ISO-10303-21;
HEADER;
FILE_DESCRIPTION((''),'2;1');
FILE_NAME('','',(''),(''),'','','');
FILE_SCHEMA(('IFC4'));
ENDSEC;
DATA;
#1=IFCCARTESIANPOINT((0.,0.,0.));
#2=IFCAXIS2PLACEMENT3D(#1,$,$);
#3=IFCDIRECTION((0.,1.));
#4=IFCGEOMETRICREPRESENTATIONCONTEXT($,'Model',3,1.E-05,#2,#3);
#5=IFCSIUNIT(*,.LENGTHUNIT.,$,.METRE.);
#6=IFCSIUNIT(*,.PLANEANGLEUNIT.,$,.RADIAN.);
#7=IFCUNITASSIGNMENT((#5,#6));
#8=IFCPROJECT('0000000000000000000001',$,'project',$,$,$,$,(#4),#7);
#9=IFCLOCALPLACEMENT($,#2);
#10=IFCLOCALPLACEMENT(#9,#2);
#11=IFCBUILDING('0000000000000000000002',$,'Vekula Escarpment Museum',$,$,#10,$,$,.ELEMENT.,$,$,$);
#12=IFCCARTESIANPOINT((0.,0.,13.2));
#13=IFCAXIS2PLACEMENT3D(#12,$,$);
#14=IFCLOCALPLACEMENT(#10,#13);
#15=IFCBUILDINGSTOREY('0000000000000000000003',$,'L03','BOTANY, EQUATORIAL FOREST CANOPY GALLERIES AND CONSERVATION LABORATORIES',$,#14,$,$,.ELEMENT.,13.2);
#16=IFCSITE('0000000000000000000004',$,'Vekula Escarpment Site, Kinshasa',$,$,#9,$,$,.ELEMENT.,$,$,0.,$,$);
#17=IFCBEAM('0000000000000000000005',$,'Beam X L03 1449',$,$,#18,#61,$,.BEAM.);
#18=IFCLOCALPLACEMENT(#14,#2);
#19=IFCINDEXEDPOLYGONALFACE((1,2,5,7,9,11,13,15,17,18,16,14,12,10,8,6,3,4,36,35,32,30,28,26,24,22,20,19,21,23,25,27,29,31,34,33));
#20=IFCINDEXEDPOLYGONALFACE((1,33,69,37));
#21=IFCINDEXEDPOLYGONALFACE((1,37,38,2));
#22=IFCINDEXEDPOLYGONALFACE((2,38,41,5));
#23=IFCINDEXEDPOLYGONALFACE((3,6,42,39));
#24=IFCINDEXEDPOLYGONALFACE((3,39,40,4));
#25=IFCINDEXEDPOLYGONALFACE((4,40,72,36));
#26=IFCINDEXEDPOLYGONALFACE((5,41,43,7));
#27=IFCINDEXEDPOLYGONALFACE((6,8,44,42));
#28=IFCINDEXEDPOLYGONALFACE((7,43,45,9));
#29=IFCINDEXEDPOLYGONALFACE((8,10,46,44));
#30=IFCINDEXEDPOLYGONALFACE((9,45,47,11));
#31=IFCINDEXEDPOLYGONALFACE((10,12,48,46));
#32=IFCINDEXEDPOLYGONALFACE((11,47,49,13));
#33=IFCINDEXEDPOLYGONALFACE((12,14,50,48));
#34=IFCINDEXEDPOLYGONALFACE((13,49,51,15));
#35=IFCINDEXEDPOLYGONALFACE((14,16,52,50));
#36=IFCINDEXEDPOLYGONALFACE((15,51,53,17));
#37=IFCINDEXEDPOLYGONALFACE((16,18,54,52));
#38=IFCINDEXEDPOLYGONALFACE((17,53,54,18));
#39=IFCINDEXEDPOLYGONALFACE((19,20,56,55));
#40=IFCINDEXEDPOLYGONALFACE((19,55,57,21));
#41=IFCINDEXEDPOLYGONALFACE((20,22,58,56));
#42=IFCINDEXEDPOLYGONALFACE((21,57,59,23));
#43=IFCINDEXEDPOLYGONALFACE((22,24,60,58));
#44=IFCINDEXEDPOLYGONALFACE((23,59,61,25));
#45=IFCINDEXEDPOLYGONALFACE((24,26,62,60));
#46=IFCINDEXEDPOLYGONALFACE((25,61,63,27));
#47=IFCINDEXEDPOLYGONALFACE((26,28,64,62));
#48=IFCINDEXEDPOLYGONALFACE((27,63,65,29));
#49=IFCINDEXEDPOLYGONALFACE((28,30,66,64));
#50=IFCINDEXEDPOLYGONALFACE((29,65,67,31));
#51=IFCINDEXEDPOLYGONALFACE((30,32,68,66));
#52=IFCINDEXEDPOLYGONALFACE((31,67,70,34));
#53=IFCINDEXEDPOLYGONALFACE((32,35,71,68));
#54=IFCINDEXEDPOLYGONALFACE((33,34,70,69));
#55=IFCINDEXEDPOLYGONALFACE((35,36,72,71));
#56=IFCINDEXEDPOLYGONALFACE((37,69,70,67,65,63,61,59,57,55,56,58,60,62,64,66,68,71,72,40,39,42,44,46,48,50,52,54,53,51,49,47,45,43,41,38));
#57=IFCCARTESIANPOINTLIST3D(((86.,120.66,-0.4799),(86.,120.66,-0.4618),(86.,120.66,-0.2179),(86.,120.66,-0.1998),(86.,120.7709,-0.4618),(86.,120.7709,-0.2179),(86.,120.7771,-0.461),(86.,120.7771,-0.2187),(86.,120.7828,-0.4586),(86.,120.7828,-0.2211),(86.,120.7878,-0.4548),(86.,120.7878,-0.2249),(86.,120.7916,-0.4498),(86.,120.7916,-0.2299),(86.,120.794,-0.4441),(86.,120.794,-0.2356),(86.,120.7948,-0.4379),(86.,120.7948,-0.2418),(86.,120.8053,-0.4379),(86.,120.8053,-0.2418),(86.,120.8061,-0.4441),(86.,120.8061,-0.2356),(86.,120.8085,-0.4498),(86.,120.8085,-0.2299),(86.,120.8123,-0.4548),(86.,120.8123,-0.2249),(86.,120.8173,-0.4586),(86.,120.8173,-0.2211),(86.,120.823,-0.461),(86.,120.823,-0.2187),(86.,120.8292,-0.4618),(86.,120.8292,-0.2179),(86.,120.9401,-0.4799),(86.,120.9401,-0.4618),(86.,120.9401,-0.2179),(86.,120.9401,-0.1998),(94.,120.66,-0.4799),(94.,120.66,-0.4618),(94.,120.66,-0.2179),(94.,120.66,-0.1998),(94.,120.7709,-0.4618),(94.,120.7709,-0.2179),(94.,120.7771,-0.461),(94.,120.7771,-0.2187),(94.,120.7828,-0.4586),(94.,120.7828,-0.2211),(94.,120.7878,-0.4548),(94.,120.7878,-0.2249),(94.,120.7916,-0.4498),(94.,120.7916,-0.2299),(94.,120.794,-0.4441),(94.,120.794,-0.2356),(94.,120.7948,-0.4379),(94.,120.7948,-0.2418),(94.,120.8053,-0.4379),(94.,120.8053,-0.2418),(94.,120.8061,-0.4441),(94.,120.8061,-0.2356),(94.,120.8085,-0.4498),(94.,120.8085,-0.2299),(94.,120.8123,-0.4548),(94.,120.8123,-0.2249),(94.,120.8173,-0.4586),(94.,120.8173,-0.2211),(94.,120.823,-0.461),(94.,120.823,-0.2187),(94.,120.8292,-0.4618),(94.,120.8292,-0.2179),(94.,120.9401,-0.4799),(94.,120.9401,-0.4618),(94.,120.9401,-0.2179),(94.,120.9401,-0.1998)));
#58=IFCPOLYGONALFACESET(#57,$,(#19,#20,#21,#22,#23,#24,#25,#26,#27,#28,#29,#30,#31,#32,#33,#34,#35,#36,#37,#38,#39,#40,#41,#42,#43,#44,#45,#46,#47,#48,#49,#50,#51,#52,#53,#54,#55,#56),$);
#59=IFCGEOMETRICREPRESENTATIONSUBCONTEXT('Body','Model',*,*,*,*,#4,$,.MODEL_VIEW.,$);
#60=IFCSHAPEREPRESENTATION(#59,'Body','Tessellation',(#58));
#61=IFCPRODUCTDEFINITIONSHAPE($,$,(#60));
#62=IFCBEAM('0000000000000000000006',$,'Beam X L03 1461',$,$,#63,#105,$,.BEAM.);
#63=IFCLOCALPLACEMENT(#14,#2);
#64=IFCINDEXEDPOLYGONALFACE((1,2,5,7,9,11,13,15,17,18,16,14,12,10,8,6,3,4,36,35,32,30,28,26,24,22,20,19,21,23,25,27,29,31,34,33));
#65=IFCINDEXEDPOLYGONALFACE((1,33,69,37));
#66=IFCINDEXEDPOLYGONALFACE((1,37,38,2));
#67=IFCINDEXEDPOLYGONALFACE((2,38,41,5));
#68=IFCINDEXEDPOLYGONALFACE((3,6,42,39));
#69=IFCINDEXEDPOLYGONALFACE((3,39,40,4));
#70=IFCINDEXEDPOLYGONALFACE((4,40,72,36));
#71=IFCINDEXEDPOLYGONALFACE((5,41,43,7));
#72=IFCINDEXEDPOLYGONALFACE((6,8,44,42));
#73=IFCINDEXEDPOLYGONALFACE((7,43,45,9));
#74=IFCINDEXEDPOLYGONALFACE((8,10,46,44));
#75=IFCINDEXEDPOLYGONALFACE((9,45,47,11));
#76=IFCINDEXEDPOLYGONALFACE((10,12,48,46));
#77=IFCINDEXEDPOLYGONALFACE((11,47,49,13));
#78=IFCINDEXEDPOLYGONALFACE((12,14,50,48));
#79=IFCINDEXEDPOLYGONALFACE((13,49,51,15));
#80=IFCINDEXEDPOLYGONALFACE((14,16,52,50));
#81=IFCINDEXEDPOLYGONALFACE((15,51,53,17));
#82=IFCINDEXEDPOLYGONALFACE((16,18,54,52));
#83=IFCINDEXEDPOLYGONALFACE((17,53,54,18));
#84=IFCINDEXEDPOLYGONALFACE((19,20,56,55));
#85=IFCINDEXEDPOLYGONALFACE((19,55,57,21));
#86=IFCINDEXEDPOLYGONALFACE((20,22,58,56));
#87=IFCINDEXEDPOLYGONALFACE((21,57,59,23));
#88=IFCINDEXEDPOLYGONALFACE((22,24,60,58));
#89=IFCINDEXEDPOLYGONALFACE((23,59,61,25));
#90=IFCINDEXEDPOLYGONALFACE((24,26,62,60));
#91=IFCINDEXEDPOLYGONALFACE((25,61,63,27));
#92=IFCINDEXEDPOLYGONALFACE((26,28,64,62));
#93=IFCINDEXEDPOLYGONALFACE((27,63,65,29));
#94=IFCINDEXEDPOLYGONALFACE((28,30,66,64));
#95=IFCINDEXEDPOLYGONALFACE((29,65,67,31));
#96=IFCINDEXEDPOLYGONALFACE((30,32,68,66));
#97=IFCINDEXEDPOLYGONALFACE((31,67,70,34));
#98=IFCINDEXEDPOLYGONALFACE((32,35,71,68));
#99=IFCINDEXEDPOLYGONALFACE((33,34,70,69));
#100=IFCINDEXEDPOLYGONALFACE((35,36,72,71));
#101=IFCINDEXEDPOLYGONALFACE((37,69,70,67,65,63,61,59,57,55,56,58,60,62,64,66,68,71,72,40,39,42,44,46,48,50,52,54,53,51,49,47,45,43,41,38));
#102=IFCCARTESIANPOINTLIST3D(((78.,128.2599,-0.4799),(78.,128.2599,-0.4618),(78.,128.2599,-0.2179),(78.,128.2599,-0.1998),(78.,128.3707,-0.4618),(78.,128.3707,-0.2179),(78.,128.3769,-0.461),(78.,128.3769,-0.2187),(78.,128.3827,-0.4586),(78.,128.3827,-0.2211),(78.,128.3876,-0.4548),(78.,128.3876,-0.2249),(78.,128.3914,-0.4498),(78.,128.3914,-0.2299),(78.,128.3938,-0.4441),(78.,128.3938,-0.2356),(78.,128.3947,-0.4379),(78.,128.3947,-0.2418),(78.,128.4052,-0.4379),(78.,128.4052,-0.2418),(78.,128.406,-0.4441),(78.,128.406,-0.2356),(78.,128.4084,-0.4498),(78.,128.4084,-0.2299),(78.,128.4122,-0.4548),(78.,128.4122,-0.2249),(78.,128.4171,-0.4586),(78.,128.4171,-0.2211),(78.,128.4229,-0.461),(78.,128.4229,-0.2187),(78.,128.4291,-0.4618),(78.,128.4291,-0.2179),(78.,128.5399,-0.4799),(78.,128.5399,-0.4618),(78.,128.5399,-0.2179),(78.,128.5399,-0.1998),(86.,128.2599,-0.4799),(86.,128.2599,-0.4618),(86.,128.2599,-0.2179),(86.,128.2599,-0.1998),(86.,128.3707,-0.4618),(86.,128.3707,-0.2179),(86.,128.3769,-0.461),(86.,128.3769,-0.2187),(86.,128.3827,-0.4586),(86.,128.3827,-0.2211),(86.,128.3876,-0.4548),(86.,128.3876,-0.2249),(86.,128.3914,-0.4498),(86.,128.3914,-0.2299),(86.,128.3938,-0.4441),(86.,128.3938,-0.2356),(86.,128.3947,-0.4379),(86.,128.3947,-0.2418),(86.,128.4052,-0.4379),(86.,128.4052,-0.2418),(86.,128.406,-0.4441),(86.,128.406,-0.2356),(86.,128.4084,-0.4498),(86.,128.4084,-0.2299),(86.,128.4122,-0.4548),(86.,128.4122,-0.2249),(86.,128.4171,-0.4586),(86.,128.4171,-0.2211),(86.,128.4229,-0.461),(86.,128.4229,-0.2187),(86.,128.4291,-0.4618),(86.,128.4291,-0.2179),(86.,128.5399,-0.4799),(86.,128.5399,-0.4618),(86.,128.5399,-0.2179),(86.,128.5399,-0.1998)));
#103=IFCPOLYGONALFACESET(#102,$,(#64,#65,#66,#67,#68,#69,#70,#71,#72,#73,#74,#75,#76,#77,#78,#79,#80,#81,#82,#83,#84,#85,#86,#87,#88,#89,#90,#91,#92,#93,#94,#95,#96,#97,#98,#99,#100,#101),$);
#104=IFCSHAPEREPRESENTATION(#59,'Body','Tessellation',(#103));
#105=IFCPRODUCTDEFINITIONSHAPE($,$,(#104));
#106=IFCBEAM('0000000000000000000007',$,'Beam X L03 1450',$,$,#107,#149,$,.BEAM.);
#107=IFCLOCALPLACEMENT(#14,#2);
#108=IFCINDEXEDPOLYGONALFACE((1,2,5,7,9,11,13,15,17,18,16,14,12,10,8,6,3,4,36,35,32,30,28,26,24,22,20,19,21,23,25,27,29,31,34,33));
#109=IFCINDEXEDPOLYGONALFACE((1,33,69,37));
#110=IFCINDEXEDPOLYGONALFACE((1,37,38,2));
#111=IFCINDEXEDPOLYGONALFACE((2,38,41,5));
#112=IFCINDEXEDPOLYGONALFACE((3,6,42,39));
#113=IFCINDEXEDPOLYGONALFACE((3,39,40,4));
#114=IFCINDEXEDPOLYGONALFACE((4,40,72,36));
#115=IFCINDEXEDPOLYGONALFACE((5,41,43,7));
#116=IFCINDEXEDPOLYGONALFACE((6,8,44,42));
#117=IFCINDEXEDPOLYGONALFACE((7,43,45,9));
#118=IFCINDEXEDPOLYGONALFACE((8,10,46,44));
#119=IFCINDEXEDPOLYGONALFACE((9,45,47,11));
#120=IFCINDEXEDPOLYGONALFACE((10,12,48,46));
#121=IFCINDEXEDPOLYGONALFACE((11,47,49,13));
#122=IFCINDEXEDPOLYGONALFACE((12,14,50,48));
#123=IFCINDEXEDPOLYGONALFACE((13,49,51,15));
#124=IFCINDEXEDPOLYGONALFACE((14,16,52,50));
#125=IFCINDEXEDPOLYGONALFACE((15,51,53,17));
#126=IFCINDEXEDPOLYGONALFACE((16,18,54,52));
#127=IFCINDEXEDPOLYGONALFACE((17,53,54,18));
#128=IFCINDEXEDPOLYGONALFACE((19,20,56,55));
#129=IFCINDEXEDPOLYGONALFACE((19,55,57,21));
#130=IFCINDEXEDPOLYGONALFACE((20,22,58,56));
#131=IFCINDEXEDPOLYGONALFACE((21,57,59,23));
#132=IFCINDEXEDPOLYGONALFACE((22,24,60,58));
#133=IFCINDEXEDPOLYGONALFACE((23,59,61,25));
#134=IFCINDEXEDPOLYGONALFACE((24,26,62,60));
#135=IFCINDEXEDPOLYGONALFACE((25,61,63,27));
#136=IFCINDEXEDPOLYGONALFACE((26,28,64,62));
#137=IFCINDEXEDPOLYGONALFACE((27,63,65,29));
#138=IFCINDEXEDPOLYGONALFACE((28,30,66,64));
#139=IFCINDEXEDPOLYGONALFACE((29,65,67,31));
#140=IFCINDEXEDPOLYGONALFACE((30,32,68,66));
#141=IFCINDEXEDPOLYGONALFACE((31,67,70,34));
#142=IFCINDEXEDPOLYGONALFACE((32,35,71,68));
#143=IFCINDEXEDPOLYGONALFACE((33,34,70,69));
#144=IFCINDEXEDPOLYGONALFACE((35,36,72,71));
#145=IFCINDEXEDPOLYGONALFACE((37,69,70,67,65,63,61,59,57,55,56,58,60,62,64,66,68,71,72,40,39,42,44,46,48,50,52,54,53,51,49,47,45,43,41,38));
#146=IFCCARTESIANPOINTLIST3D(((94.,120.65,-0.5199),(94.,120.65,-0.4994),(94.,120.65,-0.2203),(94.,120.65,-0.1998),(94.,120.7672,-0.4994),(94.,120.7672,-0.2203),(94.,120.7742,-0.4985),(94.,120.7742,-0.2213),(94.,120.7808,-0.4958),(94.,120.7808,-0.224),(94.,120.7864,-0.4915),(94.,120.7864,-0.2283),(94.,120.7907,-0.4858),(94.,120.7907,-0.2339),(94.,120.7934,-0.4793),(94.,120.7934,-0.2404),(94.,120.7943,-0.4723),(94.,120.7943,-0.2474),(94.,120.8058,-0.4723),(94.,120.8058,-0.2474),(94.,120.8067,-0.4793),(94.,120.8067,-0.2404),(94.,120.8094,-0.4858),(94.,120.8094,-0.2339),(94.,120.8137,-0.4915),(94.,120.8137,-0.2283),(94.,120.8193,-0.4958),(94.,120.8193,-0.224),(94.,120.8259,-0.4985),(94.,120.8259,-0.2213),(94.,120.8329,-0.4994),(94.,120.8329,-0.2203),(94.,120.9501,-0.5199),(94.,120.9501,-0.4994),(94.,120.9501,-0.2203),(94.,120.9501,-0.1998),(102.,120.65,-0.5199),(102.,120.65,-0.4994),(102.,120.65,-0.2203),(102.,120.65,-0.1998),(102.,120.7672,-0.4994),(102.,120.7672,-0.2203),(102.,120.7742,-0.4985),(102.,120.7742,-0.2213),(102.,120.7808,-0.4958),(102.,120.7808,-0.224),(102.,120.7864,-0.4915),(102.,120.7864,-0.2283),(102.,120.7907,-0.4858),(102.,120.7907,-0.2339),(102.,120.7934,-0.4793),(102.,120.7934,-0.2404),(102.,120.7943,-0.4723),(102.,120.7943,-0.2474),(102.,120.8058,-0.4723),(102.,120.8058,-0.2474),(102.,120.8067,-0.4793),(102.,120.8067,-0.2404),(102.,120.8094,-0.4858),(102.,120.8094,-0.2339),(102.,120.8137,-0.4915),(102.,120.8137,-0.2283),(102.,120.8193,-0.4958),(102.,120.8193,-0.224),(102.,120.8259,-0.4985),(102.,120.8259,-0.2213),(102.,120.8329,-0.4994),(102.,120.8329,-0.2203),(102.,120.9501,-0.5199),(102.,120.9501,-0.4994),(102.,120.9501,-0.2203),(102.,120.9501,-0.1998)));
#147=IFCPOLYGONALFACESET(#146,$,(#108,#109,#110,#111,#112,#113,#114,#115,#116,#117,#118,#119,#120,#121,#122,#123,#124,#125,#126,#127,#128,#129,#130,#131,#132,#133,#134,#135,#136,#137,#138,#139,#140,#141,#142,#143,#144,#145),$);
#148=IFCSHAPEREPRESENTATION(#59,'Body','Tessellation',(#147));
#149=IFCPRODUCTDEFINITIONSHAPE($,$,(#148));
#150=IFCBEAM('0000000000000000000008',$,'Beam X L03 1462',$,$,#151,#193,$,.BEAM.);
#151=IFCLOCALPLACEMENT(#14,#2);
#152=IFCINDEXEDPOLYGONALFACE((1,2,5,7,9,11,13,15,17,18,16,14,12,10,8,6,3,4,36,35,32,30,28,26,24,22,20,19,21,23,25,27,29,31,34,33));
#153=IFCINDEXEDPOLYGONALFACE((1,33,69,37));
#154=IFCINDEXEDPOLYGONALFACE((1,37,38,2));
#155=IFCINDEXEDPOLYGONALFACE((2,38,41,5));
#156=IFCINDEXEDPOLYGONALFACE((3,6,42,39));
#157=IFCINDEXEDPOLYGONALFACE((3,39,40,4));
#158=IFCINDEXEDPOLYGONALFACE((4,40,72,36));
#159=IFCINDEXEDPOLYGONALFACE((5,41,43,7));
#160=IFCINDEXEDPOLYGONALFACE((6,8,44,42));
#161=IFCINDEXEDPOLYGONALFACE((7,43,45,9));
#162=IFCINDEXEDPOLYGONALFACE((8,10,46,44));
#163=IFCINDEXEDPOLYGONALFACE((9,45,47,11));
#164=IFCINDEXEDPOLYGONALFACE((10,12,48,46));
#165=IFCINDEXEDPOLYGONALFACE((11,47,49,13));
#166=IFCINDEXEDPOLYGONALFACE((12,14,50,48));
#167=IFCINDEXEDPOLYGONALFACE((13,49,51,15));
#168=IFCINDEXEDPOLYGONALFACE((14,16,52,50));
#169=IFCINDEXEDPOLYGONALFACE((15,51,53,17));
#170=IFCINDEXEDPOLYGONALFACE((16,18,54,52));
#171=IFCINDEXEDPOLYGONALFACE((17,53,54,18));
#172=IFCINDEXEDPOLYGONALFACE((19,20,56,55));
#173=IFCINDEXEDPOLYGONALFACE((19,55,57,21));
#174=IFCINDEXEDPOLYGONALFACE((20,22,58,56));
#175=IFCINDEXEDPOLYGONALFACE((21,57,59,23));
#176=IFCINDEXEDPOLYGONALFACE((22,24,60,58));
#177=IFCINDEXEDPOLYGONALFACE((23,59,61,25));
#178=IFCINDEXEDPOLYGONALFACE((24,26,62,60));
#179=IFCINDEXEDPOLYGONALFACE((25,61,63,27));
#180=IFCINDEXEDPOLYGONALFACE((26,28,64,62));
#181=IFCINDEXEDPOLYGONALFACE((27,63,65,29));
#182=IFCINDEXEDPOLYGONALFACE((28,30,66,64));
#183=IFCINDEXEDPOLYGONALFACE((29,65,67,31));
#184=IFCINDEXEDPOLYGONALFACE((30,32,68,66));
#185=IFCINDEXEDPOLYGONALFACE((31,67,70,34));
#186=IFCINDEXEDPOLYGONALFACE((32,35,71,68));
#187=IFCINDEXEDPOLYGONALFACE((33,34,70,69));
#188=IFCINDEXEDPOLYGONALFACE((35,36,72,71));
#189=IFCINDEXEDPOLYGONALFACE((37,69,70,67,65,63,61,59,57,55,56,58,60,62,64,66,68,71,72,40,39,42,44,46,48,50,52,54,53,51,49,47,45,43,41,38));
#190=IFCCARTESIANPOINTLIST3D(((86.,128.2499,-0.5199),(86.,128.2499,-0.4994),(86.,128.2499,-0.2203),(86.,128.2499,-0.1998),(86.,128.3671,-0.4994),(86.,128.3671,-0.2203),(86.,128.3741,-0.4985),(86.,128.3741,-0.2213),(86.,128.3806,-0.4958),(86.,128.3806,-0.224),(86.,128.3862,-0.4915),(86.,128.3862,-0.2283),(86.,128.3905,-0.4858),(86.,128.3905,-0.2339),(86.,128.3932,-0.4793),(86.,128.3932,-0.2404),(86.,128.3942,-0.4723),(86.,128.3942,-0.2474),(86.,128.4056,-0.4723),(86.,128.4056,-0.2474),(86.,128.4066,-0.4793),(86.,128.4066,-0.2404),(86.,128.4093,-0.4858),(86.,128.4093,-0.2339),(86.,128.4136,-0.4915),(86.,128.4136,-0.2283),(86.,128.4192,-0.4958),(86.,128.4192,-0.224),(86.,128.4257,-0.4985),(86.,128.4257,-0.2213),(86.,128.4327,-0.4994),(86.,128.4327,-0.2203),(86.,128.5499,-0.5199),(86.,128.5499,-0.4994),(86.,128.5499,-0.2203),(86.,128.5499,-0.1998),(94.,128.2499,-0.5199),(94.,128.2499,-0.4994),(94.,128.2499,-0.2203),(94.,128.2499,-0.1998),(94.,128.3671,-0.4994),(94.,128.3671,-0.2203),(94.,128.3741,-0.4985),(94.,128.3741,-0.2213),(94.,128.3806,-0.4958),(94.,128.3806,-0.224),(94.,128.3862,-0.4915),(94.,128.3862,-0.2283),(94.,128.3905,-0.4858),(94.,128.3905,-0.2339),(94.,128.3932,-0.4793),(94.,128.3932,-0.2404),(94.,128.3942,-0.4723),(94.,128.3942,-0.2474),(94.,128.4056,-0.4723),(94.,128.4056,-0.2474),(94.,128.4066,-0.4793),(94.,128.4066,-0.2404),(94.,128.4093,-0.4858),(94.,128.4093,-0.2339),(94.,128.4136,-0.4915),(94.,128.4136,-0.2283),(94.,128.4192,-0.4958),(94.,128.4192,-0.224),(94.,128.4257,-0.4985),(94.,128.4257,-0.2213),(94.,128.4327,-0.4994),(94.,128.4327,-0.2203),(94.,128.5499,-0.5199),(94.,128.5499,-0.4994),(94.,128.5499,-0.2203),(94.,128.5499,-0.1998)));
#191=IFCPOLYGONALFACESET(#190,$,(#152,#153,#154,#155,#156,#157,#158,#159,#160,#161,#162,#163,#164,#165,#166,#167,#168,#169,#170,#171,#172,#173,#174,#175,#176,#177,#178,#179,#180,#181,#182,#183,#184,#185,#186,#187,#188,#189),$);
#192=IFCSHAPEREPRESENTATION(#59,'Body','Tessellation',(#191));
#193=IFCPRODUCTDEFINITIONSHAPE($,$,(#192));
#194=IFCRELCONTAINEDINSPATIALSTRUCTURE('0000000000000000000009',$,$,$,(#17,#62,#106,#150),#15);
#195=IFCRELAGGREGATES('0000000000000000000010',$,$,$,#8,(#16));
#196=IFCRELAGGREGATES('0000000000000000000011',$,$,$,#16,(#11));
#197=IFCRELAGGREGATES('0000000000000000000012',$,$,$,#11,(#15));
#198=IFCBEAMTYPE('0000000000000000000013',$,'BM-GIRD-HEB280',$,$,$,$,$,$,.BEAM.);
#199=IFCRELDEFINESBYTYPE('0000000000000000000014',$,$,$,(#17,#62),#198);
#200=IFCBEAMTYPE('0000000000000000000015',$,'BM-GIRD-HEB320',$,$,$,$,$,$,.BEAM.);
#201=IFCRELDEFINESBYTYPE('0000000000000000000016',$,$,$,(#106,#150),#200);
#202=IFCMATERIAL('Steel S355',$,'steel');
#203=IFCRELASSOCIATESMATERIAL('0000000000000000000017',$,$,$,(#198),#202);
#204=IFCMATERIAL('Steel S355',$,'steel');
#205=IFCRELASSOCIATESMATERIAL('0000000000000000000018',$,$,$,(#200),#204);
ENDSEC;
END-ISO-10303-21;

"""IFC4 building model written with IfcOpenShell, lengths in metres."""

from ifc_helpers import new_model, si_unit, direction, frame, origin, origin_2d, place, context, subcontext, project, spatial, i_section, extrude, material, material_profile, profile_set, type_object, element, save


model = new_model("IFC4")

# Units and contexts
model_context = context("Model", 3, precision=1e-05, world=origin(), true_north=direction((0.0, 1.0)))
body_context = subcontext(model_context, "Body", "Model", "MODEL_VIEW")
ifc_project = project(units=[si_unit("LENGTHUNIT", "METRE"), si_unit("PLANEANGLEUNIT", "RADIAN")], contexts=[model_context])

# Site, building, storey
site_placement = place(None, origin())
site = spatial("IfcSite", under=ifc_project, at=site_placement, Name="Vekula Escarpment Site, Kinshasa", CompositionType="ELEMENT", RefElevation=0.0)
building_placement = place(site_placement, origin())
building = spatial("IfcBuilding", under=site, at=building_placement, Name="Vekula Escarpment Museum", CompositionType="ELEMENT")
storey_placement = place(building_placement, frame((0.0, 0.0, 13.2)))
storey = spatial("IfcBuildingStorey", under=building, at=storey_placement, Name="L03", Description="BOTANY, EQUATORIAL FOREST CANOPY GALLERIES AND CONSERVATION LABORATORIES", CompositionType="ELEMENT", Elevation=13.2)

# Beams
ifc_material_1 = material(Name="Steel S355", Category="steel")
ifc_material_profile_1 = material_profile(ifc_material_1, i_section(OverallWidth=0.28, OverallDepth=0.28, WebThickness=0.0105, FlangeThickness=0.0181, FilletRadius=0.0239, at=origin_2d()), Name="HEB 280")
ifc_profile_set_1 = profile_set([ifc_material_profile_1], Name="Steel S355")
beam_type_1 = type_object("IfcBeamType", Name="BM-GIRD-HEB280", PredefinedType="BEAM", material=ifc_profile_set_1)
for number, where, z_axis, x_axis, name in (
    (1, (86.0, 120.8, -0.3398), (1.0, 0.0, 0.0), (0.0, 1.0, 0.0), "Beam X L03 1449"),
    (2, (78.0, 128.3999, -0.3398), (1.0, 0.0, 0.0), (0.0, 1.0, 0.0), "Beam X L03 1461"),
):
    element("IfcBeam", number, at=place(storey_placement, frame(where, z_axis=z_axis, x_axis=x_axis)), inside=storey, type_object=beam_type_1, Name=name, PredefinedType="BEAM", context=body_context, shape_type="SweptSolid", body=[
        extrude(i_section(OverallWidth=0.28, OverallDepth=0.28, WebThickness=0.0105, FlangeThickness=0.0181, FilletRadius=0.0239, at=origin_2d()), origin(), (0.0, 0.0, 1.0), 8.0),
    ])
ifc_material_2 = material(Name="Steel S355", Category="steel")
ifc_material_profile_2 = material_profile(ifc_material_2, i_section(OverallWidth=0.3, OverallDepth=0.3201, WebThickness=0.0115, FlangeThickness=0.0205, FilletRadius=0.0271, at=origin_2d()), Name="HEB 320")
ifc_profile_set_2 = profile_set([ifc_material_profile_2], Name="Steel S355")
beam_type_2 = type_object("IfcBeamType", Name="BM-GIRD-HEB320", PredefinedType="BEAM", material=ifc_profile_set_2)
for number, where, z_axis, x_axis, name in (
    (3, (94.0, 120.8, -0.3599), (1.0, 0.0, 0.0), (0.0, 1.0, 0.0), "Beam X L03 1450"),
    (4, (86.0, 128.3999, -0.3599), (1.0, 0.0, 0.0), (0.0, 1.0, 0.0), "Beam X L03 1462"),
):
    element("IfcBeam", number, at=place(storey_placement, frame(where, z_axis=z_axis, x_axis=x_axis)), inside=storey, type_object=beam_type_2, Name=name, PredefinedType="BEAM", context=body_context, shape_type="SweptSolid", body=[
        extrude(i_section(OverallWidth=0.3, OverallDepth=0.3201, WebThickness=0.0115, FlangeThickness=0.0205, FilletRadius=0.0271, at=origin_2d()), origin(), (0.0, 0.0, 1.0), 8.0),
    ])

save(model, "model.ifc")
